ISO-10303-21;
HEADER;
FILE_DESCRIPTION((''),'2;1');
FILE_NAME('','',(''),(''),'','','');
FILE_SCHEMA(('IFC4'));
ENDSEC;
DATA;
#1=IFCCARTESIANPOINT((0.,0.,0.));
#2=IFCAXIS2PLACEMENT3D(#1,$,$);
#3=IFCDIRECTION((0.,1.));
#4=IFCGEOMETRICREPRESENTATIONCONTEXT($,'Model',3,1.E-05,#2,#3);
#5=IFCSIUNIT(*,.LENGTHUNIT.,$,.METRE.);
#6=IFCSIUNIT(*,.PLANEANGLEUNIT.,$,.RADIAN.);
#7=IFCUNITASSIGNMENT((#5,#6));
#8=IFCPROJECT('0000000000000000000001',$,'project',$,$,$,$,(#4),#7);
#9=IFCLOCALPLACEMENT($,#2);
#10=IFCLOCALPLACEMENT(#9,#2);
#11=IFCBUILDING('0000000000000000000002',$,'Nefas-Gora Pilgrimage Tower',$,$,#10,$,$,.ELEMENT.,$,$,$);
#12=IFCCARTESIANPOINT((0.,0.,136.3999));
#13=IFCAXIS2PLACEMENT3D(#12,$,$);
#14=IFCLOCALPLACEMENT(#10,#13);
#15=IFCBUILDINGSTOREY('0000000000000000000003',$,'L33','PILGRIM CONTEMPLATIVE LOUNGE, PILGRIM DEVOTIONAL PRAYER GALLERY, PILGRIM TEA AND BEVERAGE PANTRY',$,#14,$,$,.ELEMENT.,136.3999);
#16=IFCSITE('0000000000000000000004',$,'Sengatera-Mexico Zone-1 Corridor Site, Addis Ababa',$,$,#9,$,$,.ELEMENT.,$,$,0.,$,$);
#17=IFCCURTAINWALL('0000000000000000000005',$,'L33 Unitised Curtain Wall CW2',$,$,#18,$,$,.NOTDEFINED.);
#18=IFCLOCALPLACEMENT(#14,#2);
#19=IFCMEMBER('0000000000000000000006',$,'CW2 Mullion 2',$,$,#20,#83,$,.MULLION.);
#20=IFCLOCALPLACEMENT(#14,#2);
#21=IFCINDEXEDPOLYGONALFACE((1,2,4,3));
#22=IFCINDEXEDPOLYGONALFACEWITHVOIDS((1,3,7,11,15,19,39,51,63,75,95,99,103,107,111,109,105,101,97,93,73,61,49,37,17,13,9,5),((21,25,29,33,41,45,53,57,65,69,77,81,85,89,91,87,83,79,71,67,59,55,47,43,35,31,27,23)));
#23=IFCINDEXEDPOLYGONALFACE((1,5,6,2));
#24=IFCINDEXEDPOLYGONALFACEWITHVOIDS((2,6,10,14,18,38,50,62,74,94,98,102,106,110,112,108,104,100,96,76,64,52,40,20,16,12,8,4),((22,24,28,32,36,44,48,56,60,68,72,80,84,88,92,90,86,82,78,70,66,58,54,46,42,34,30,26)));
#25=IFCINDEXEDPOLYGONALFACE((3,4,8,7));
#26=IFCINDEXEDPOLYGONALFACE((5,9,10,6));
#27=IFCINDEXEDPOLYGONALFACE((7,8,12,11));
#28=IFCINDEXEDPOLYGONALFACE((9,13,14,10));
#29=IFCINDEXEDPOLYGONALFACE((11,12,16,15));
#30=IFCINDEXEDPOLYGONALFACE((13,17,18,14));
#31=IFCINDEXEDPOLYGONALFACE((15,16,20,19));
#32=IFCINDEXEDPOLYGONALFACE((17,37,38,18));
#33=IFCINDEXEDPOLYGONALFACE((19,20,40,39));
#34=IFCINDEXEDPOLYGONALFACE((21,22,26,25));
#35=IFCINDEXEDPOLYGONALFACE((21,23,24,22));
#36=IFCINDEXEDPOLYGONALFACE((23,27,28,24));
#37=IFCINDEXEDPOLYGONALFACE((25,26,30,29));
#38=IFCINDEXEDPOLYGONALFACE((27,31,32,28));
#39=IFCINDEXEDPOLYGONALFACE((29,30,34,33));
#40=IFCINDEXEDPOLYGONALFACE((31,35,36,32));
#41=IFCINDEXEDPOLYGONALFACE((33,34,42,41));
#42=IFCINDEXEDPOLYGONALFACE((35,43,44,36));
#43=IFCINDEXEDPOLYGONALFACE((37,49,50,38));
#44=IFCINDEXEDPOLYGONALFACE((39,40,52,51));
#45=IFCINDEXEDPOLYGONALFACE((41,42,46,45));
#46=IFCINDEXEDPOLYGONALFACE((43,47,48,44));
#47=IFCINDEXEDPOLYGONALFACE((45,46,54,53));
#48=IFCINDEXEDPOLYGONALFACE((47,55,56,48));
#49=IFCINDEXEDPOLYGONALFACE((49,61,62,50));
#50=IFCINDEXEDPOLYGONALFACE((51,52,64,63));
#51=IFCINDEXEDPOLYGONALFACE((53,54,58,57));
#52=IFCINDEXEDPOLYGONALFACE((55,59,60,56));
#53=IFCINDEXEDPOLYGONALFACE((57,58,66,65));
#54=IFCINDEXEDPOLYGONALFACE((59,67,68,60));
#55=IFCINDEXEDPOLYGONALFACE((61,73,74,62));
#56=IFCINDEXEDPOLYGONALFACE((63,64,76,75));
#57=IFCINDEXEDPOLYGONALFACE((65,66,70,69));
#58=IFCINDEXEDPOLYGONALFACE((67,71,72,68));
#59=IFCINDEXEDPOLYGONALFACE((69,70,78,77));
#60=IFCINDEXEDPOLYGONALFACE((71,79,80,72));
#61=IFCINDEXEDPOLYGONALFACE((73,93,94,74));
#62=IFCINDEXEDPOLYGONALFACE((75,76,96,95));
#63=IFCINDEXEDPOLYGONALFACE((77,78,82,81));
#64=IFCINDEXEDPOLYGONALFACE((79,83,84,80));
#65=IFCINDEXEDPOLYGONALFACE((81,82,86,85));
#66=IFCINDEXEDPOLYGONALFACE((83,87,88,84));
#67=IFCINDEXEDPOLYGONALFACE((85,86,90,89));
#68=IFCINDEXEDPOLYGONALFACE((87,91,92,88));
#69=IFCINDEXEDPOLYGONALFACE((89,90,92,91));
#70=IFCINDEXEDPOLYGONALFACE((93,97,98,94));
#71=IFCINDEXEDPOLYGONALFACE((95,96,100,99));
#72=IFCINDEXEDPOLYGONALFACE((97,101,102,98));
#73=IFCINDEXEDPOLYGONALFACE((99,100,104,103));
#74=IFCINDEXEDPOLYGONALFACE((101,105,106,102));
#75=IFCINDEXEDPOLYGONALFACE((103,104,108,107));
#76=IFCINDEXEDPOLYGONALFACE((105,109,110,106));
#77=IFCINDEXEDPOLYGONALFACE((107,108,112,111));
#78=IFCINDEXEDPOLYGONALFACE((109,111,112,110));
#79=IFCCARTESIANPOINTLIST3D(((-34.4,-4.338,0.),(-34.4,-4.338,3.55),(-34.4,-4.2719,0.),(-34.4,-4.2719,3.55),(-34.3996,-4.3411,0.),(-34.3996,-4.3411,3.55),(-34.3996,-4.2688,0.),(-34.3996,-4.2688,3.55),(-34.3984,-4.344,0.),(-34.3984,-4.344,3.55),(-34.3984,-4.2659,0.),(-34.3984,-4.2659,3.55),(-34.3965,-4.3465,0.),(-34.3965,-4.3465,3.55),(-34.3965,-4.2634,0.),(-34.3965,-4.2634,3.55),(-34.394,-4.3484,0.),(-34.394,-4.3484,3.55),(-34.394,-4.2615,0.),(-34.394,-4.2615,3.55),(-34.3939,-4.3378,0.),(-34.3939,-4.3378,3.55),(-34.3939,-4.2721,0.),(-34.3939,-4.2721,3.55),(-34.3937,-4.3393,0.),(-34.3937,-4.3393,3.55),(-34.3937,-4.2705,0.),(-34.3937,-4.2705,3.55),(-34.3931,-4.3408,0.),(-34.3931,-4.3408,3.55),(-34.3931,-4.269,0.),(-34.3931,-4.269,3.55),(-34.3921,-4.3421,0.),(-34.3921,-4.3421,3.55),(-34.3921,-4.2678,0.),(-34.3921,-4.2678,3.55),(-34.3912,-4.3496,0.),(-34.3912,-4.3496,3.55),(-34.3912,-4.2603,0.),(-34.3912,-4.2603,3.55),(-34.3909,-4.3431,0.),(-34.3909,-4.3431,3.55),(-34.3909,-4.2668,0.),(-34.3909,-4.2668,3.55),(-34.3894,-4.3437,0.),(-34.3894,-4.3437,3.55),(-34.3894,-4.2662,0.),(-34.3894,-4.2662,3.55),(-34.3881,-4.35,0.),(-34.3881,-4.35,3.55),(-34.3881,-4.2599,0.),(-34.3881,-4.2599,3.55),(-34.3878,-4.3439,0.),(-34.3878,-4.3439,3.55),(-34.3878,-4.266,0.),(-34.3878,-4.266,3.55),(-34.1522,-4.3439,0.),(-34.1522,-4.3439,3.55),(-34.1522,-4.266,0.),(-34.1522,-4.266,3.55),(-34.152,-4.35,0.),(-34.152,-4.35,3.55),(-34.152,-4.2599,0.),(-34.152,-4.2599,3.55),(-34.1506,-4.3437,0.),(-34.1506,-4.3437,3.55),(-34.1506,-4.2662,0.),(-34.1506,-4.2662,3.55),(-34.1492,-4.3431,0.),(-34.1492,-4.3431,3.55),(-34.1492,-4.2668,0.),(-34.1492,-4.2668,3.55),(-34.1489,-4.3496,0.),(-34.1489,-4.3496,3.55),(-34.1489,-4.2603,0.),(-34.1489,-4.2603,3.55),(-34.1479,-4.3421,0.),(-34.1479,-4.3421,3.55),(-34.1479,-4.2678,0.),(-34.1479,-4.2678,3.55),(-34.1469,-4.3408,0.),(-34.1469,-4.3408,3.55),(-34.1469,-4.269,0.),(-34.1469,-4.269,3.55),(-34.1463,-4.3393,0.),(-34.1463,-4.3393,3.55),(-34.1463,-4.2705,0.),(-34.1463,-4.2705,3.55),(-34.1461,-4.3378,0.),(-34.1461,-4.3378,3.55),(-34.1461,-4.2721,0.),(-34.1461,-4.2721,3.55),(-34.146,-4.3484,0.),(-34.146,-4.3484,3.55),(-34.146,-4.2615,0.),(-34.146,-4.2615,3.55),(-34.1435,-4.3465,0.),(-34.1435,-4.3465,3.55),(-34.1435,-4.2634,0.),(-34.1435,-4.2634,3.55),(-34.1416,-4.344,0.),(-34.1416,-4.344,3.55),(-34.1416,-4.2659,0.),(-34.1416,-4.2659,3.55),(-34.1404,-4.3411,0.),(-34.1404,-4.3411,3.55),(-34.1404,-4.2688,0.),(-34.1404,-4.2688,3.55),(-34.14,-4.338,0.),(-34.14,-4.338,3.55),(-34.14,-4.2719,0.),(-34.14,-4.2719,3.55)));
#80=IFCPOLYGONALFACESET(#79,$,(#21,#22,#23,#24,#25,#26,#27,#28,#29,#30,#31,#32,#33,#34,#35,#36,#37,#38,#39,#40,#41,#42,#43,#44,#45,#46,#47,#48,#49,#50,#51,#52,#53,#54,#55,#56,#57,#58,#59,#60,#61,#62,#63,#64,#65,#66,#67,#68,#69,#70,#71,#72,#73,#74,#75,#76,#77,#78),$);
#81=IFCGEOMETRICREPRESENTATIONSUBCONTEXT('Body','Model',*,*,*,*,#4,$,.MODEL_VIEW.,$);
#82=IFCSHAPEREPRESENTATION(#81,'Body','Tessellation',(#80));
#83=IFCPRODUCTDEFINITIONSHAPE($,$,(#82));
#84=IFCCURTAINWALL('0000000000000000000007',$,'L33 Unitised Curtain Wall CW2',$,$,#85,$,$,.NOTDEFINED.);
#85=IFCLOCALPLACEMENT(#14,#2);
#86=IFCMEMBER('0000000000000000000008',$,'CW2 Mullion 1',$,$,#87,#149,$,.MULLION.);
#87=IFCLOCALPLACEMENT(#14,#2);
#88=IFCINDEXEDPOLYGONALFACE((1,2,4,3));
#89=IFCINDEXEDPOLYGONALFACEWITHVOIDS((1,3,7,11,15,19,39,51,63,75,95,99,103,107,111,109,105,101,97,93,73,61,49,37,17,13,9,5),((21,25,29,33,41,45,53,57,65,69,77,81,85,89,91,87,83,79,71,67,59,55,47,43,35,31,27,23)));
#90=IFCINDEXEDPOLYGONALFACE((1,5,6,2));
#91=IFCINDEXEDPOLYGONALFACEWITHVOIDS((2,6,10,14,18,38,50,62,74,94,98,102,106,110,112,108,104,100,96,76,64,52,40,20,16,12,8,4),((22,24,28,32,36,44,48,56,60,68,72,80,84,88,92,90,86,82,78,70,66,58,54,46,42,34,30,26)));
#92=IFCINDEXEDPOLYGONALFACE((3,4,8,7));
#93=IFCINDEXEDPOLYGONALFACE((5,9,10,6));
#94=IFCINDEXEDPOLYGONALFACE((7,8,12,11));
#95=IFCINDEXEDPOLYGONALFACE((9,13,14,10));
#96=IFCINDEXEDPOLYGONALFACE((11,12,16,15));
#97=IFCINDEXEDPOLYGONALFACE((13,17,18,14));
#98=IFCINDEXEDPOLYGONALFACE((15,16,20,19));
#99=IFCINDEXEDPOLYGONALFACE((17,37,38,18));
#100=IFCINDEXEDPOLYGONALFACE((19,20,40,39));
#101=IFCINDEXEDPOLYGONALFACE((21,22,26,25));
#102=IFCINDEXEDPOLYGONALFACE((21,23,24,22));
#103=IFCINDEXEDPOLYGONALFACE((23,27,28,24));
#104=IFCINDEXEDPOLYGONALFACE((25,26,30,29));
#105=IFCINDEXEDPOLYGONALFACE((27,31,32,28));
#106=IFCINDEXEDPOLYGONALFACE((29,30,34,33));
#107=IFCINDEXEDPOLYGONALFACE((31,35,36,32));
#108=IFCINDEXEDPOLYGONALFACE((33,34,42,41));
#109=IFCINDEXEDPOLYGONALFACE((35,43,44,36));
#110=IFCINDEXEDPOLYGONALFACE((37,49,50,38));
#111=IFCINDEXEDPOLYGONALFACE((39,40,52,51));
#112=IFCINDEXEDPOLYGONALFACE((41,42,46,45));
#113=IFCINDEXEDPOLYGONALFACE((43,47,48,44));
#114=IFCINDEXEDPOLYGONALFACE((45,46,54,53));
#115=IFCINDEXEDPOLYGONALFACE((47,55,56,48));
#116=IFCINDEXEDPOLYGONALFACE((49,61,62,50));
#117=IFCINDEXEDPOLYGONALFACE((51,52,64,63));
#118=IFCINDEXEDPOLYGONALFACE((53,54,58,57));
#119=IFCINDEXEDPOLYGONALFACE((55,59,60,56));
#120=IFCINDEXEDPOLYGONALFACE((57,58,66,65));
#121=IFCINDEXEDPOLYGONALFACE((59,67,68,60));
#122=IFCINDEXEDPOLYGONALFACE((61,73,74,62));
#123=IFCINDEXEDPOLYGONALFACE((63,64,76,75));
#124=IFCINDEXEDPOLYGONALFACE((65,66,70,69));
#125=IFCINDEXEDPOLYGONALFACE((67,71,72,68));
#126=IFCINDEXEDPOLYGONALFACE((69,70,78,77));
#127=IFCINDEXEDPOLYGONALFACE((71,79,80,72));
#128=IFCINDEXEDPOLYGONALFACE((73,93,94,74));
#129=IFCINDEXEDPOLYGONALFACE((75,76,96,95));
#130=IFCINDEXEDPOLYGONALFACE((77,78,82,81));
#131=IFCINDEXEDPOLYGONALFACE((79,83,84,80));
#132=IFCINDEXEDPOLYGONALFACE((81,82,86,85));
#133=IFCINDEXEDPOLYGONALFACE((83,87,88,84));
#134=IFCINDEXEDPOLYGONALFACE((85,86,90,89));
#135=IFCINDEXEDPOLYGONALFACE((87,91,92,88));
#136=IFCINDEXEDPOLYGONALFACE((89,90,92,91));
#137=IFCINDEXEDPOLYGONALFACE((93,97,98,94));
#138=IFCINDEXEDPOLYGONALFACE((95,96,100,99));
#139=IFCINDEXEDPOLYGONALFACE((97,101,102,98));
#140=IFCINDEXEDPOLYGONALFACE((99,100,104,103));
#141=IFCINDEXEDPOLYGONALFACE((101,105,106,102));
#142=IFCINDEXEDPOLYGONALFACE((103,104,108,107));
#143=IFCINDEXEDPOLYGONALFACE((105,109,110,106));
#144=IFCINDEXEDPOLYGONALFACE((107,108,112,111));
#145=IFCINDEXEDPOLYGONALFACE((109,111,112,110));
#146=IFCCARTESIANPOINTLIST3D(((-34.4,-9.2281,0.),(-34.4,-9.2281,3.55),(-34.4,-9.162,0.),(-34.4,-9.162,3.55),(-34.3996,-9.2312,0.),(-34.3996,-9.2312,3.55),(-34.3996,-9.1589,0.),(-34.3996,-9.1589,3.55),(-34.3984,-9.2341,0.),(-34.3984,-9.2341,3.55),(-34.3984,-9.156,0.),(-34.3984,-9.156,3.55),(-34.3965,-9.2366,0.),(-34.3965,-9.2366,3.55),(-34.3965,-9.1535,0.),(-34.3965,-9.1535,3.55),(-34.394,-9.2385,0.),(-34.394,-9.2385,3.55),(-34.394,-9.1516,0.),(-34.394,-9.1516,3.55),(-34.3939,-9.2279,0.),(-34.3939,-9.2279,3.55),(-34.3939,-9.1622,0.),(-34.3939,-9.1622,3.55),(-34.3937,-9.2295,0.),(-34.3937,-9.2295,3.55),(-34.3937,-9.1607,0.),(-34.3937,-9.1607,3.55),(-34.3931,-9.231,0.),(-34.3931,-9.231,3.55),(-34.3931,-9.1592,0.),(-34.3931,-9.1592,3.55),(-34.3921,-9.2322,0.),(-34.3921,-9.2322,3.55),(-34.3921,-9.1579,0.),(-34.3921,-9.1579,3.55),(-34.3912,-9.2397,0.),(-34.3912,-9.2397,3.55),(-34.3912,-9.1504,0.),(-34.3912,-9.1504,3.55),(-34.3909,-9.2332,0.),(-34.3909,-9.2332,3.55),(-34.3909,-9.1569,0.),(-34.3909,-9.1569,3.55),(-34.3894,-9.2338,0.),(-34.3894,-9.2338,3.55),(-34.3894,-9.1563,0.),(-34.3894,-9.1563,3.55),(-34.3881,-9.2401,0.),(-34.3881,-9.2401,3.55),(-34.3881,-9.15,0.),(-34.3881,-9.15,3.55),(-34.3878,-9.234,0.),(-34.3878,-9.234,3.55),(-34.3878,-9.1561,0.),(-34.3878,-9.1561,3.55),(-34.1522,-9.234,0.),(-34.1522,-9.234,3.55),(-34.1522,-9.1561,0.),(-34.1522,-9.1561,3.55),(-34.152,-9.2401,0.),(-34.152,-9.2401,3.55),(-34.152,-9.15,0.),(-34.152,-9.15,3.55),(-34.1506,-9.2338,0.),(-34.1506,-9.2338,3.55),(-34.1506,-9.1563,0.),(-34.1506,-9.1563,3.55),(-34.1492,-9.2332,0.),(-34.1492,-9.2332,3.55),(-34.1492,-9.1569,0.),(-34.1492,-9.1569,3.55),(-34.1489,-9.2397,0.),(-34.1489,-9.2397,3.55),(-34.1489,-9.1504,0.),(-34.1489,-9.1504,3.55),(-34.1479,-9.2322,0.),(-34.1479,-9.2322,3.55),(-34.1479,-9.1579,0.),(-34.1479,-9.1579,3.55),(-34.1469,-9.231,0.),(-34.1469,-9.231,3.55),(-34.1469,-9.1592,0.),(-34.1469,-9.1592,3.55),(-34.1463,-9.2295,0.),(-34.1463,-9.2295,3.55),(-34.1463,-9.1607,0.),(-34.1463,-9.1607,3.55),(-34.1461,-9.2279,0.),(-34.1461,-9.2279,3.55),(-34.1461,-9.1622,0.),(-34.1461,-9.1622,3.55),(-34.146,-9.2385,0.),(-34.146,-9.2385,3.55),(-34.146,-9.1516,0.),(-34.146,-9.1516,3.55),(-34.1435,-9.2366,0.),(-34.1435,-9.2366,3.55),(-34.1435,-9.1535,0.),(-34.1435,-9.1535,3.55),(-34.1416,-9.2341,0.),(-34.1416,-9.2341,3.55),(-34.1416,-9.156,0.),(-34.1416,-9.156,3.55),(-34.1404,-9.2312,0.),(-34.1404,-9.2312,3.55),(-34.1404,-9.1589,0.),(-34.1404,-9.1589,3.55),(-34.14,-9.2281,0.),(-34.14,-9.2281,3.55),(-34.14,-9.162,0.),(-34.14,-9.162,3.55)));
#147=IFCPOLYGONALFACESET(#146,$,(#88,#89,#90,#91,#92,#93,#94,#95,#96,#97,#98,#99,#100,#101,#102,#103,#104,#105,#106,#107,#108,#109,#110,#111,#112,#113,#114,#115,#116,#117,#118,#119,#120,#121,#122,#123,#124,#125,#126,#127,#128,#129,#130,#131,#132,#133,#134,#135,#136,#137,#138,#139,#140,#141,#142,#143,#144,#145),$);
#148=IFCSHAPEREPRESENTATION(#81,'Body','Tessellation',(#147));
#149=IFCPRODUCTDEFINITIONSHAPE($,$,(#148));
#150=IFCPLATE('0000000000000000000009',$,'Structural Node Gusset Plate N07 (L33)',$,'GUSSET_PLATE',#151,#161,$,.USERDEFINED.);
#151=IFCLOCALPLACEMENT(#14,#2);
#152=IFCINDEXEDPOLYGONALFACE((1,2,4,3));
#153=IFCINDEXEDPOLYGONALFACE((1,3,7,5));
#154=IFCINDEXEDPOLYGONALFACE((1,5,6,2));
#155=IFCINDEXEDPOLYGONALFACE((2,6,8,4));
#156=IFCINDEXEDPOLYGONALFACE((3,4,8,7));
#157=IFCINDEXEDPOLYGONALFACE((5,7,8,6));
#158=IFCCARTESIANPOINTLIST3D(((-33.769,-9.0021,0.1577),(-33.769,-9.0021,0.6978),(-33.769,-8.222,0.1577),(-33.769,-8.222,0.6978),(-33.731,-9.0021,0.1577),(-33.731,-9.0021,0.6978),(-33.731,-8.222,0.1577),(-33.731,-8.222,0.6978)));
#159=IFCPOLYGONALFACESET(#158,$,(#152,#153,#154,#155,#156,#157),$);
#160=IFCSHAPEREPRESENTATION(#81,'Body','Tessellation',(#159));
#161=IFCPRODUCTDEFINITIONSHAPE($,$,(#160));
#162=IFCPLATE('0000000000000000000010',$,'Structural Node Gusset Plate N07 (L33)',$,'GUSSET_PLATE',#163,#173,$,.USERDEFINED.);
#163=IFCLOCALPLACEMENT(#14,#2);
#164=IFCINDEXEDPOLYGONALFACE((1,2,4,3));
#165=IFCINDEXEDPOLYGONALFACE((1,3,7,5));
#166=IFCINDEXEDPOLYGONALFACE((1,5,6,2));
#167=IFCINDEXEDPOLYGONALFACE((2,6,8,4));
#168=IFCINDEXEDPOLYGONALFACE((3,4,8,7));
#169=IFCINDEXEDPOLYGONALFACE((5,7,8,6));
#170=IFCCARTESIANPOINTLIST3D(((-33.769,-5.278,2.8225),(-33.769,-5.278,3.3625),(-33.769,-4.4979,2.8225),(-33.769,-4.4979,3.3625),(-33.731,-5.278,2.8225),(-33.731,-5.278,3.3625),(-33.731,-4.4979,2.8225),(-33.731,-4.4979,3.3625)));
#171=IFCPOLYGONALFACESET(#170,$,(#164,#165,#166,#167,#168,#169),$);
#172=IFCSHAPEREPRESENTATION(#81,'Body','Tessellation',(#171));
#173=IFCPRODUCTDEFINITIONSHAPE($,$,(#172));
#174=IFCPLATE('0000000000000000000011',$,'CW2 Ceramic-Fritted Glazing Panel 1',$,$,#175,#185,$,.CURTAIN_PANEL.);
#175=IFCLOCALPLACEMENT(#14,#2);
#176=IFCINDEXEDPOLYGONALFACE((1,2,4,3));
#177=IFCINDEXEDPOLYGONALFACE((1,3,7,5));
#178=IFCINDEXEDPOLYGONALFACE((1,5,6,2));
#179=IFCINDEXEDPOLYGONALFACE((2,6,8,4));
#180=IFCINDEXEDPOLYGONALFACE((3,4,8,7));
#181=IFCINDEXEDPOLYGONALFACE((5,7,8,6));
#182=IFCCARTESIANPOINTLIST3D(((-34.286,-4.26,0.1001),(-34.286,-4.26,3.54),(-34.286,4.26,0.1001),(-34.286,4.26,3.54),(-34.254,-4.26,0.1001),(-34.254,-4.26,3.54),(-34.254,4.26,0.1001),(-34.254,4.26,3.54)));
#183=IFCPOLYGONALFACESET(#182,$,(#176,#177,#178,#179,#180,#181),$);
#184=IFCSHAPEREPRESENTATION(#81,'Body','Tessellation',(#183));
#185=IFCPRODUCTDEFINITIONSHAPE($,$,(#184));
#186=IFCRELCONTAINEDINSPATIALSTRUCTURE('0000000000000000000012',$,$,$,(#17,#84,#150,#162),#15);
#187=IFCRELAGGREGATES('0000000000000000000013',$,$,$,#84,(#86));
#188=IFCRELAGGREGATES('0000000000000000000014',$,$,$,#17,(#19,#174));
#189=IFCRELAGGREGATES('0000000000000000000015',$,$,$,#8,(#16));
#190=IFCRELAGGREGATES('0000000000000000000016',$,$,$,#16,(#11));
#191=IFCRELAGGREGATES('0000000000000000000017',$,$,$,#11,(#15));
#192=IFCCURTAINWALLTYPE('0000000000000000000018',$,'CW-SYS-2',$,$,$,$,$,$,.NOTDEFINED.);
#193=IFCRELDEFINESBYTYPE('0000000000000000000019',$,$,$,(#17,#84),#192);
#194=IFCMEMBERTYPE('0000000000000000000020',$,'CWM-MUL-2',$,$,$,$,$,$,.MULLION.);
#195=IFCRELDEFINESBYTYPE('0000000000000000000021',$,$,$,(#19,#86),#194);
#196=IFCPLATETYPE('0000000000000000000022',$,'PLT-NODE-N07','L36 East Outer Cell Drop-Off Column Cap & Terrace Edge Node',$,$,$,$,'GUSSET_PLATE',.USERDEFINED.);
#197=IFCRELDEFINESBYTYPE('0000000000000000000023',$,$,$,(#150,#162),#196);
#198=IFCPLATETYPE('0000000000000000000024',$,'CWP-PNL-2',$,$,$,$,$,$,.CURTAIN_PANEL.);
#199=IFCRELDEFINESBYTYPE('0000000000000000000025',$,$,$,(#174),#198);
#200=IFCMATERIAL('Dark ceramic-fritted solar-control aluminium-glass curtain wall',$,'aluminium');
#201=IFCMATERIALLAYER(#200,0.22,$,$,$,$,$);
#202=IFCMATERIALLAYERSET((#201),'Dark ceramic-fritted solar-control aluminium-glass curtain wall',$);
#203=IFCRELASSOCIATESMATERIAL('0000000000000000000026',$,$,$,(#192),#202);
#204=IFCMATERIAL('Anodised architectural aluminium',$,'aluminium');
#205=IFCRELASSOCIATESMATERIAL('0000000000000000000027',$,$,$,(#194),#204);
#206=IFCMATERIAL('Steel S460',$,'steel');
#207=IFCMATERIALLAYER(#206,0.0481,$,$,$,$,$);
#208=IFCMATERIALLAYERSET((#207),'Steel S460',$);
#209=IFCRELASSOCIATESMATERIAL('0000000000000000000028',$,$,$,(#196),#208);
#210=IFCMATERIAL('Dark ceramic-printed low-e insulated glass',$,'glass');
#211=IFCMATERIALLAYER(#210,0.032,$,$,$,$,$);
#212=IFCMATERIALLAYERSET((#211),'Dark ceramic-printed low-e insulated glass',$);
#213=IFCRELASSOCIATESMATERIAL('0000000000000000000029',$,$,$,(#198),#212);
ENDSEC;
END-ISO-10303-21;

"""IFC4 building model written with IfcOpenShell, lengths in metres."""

from ifc_helpers import new_model, si_unit, direction, frame, origin, origin_2d, place, context, subcontext, project, spatial, rectangle, hollow_rectangle, extrude, source, transform, mapped, material, layer, layer_set, material_profile, profile_set, type_object, element, aggregate, save


model = new_model("IFC4")

# Units and contexts
model_context = context("Model", 3, precision=1e-05, world=origin(), true_north=direction((0.0, 1.0)))
body_context = subcontext(model_context, "Body", "Model", "MODEL_VIEW")
ifc_project = project(units=[si_unit("LENGTHUNIT", "METRE"), si_unit("PLANEANGLEUNIT", "RADIAN")], contexts=[model_context])

# Site, building, storey
site_placement = place(None, origin())
site = spatial("IfcSite", under=ifc_project, at=site_placement, Name="Sengatera-Mexico Zone-1 Corridor Site, Addis Ababa", CompositionType="ELEMENT", RefElevation=0.0)
building_placement = place(site_placement, origin())
building = spatial("IfcBuilding", under=site, at=building_placement, Name="Nefas-Gora Pilgrimage Tower", CompositionType="ELEMENT")
storey_placement = place(building_placement, frame((0.0, 0.0, 136.3999)))
storey = spatial("IfcBuildingStorey", under=building, at=storey_placement, Name="L33", Description="PILGRIM CONTEMPLATIVE LOUNGE, PILGRIM DEVOTIONAL PRAYER GALLERY, PILGRIM TEA AND BEVERAGE PANTRY", CompositionType="ELEMENT", Elevation=136.3999)

# Shared definitions
ifc_material_1 = material(Name="Steel S460", Category="steel")

# Curtain walls, members
ifc_material_2 = material(Name="Dark ceramic-fritted solar-control aluminium-glass curtain wall", Category="aluminium")
ifc_layer_1 = layer(ifc_material_2, 0.22)
ifc_layer_set_1 = layer_set([ifc_layer_1], Name="Dark ceramic-fritted solar-control aluminium-glass curtain wall")
curtain_wall_type = type_object("IfcCurtainWallType", Name="CW-SYS-2", PredefinedType="NOTDEFINED", material=ifc_layer_set_1)
curtain_wall_1_placement = place(storey_placement, origin())
curtain_wall_1 = element("IfcCurtainWall", 1, at=curtain_wall_1_placement, inside=storey, type_object=curtain_wall_type, Name="L33 Unitised Curtain Wall CW2", PredefinedType="NOTDEFINED")
ifc_material_3 = material(Name="Anodised architectural aluminium", Category="aluminium")
ifc_material_profile_1 = material_profile(ifc_material_3, hollow_rectangle(XDim=0.0901, YDim=0.26, WallThickness=0.0061, InnerFilletRadius=0.0061, OuterFilletRadius=0.012, at=origin_2d()), Name="ALU MULLION 90x260")
ifc_profile_set_1 = profile_set([ifc_material_profile_1], Name="Anodised architectural aluminium")
member_type_1 = type_object("IfcMemberType", Name="CWM-MUL-2", PredefinedType="MULLION", material=ifc_profile_set_1)
shared_shape_1 = source(origin(), body_context, "Body", "SweptSolid", [
    extrude(hollow_rectangle(XDim=0.0901, YDim=0.26, WallThickness=0.0061, InnerFilletRadius=0.0061, OuterFilletRadius=0.012, at=origin_2d()), origin(), (0.0, 0.0, 1.0), 3.55),
])
member_1_placement = place(storey_placement, frame((-34.27, -4.3049, 0.0), z_axis=(0.0, 0.0, 1.0), x_axis=(0.0, -1.0, 0.0)))
member_1 = element("IfcMember", 2, at=member_1_placement, type_object=member_type_1, Name="CW2 Mullion 2", PredefinedType="MULLION", context=body_context, shape_type="MappedRepresentation", body=[
    mapped(shared_shape_1, transform((0.0, 0.0, 0.0), x_axis=(1.0, 0.0, 0.0), y_axis=(0.0, 1.0, 0.0), z_axis=(0.0, 0.0, 1.0), scale=1.0)),
])
curtain_wall_2_placement = place(storey_placement, origin())
curtain_wall_2 = element("IfcCurtainWall", 3, at=curtain_wall_2_placement, inside=storey, type_object=curtain_wall_type, Name="L33 Unitised Curtain Wall CW2", PredefinedType="NOTDEFINED")
member_2_placement = place(storey_placement, frame((-34.27, -9.1951, 0.0), z_axis=(0.0, 0.0, 1.0), x_axis=(0.0, -1.0, 0.0)))
member_2 = element("IfcMember", 4, at=member_2_placement, type_object=member_type_1, Name="CW2 Mullion 1", PredefinedType="MULLION", context=body_context, shape_type="MappedRepresentation", body=[
    mapped(shared_shape_1, transform((0.0, 0.0, 0.0), x_axis=(1.0, 0.0, 0.0), y_axis=(0.0, 1.0, 0.0), z_axis=(0.0, 0.0, 1.0), scale=1.0)),
])
aggregate(curtain_wall_2, [member_2])

# Plates
ifc_layer_2 = layer(ifc_material_1, 0.0481)
ifc_layer_set_2 = layer_set([ifc_layer_2], Name="Steel S460")
plate_type_1 = type_object("IfcPlateType", Name="PLT-NODE-N07", Description="L36 East Outer Cell Drop-Off Column Cap & Terrace Edge Node", ElementType="GUSSET_PLATE", PredefinedType="USERDEFINED", material=ifc_layer_set_2)
shared_shape_2 = source(origin(), body_context, "Body", "SweptSolid", [
    extrude(rectangle(XDim=0.78, YDim=0.0381, at=origin_2d()), origin(), (0.0, 0.0, 1.0), 0.54),
])
for number, where, z_axis, x_axis, name in (
    (5, (-33.75, -8.6121, 0.1577), (0.0, 0.0, 1.0), (0.0, 1.0, 0.0), "Structural Node Gusset Plate N07 (L33)"),
    (6, (-33.75, -4.8879, 2.8225), (0.0, 0.0, 1.0), (0.0, 1.0, 0.0), "Structural Node Gusset Plate N07 (L33)"),
):
    element("IfcPlate", number, at=place(storey_placement, frame(where, z_axis=z_axis, x_axis=x_axis)), inside=storey, type_object=plate_type_1, Name=name, ObjectType="GUSSET_PLATE", PredefinedType="USERDEFINED", context=body_context, shape_type="MappedRepresentation", body=[
        mapped(shared_shape_2, transform((0.0, 0.0, 0.0), x_axis=(1.0, 0.0, 0.0), y_axis=(0.0, 1.0, 0.0), z_axis=(0.0, 0.0, 1.0), scale=1.0)),
    ])

# Plate
ifc_material_4 = material(Name="Dark ceramic-printed low-e insulated glass", Category="glass")
ifc_layer_3 = layer(ifc_material_4, 0.032)
ifc_layer_set_3 = layer_set([ifc_layer_3], Name="Dark ceramic-printed low-e insulated glass")
plate_type_2 = type_object("IfcPlateType", Name="CWP-PNL-2", PredefinedType="CURTAIN_PANEL", material=ifc_layer_set_3)
shared_shape_3 = source(origin(), body_context, "Body", "SweptSolid", [
    extrude(rectangle(XDim=8.52, YDim=0.032, at=origin_2d()), origin(), (0.0, 0.0, 1.0), 3.4399),
])
plate_placement = place(storey_placement, frame((-34.27, 0.0, 0.1001), z_axis=(0.0, 0.0, 1.0), x_axis=(0.0, -1.0, 0.0)))
plate = element("IfcPlate", 7, at=plate_placement, type_object=plate_type_2, Name="CW2 Ceramic-Fritted Glazing Panel 1", PredefinedType="CURTAIN_PANEL", context=body_context, shape_type="MappedRepresentation", body=[
    mapped(shared_shape_3, transform((0.0, 0.0, 0.0), x_axis=(1.0, 0.0, 0.0), y_axis=(0.0, 1.0, 0.0), z_axis=(0.0, 0.0, 1.0), scale=1.0)),
])
aggregate(curtain_wall_1, [member_1, plate])

save(model, "model.ifc")
